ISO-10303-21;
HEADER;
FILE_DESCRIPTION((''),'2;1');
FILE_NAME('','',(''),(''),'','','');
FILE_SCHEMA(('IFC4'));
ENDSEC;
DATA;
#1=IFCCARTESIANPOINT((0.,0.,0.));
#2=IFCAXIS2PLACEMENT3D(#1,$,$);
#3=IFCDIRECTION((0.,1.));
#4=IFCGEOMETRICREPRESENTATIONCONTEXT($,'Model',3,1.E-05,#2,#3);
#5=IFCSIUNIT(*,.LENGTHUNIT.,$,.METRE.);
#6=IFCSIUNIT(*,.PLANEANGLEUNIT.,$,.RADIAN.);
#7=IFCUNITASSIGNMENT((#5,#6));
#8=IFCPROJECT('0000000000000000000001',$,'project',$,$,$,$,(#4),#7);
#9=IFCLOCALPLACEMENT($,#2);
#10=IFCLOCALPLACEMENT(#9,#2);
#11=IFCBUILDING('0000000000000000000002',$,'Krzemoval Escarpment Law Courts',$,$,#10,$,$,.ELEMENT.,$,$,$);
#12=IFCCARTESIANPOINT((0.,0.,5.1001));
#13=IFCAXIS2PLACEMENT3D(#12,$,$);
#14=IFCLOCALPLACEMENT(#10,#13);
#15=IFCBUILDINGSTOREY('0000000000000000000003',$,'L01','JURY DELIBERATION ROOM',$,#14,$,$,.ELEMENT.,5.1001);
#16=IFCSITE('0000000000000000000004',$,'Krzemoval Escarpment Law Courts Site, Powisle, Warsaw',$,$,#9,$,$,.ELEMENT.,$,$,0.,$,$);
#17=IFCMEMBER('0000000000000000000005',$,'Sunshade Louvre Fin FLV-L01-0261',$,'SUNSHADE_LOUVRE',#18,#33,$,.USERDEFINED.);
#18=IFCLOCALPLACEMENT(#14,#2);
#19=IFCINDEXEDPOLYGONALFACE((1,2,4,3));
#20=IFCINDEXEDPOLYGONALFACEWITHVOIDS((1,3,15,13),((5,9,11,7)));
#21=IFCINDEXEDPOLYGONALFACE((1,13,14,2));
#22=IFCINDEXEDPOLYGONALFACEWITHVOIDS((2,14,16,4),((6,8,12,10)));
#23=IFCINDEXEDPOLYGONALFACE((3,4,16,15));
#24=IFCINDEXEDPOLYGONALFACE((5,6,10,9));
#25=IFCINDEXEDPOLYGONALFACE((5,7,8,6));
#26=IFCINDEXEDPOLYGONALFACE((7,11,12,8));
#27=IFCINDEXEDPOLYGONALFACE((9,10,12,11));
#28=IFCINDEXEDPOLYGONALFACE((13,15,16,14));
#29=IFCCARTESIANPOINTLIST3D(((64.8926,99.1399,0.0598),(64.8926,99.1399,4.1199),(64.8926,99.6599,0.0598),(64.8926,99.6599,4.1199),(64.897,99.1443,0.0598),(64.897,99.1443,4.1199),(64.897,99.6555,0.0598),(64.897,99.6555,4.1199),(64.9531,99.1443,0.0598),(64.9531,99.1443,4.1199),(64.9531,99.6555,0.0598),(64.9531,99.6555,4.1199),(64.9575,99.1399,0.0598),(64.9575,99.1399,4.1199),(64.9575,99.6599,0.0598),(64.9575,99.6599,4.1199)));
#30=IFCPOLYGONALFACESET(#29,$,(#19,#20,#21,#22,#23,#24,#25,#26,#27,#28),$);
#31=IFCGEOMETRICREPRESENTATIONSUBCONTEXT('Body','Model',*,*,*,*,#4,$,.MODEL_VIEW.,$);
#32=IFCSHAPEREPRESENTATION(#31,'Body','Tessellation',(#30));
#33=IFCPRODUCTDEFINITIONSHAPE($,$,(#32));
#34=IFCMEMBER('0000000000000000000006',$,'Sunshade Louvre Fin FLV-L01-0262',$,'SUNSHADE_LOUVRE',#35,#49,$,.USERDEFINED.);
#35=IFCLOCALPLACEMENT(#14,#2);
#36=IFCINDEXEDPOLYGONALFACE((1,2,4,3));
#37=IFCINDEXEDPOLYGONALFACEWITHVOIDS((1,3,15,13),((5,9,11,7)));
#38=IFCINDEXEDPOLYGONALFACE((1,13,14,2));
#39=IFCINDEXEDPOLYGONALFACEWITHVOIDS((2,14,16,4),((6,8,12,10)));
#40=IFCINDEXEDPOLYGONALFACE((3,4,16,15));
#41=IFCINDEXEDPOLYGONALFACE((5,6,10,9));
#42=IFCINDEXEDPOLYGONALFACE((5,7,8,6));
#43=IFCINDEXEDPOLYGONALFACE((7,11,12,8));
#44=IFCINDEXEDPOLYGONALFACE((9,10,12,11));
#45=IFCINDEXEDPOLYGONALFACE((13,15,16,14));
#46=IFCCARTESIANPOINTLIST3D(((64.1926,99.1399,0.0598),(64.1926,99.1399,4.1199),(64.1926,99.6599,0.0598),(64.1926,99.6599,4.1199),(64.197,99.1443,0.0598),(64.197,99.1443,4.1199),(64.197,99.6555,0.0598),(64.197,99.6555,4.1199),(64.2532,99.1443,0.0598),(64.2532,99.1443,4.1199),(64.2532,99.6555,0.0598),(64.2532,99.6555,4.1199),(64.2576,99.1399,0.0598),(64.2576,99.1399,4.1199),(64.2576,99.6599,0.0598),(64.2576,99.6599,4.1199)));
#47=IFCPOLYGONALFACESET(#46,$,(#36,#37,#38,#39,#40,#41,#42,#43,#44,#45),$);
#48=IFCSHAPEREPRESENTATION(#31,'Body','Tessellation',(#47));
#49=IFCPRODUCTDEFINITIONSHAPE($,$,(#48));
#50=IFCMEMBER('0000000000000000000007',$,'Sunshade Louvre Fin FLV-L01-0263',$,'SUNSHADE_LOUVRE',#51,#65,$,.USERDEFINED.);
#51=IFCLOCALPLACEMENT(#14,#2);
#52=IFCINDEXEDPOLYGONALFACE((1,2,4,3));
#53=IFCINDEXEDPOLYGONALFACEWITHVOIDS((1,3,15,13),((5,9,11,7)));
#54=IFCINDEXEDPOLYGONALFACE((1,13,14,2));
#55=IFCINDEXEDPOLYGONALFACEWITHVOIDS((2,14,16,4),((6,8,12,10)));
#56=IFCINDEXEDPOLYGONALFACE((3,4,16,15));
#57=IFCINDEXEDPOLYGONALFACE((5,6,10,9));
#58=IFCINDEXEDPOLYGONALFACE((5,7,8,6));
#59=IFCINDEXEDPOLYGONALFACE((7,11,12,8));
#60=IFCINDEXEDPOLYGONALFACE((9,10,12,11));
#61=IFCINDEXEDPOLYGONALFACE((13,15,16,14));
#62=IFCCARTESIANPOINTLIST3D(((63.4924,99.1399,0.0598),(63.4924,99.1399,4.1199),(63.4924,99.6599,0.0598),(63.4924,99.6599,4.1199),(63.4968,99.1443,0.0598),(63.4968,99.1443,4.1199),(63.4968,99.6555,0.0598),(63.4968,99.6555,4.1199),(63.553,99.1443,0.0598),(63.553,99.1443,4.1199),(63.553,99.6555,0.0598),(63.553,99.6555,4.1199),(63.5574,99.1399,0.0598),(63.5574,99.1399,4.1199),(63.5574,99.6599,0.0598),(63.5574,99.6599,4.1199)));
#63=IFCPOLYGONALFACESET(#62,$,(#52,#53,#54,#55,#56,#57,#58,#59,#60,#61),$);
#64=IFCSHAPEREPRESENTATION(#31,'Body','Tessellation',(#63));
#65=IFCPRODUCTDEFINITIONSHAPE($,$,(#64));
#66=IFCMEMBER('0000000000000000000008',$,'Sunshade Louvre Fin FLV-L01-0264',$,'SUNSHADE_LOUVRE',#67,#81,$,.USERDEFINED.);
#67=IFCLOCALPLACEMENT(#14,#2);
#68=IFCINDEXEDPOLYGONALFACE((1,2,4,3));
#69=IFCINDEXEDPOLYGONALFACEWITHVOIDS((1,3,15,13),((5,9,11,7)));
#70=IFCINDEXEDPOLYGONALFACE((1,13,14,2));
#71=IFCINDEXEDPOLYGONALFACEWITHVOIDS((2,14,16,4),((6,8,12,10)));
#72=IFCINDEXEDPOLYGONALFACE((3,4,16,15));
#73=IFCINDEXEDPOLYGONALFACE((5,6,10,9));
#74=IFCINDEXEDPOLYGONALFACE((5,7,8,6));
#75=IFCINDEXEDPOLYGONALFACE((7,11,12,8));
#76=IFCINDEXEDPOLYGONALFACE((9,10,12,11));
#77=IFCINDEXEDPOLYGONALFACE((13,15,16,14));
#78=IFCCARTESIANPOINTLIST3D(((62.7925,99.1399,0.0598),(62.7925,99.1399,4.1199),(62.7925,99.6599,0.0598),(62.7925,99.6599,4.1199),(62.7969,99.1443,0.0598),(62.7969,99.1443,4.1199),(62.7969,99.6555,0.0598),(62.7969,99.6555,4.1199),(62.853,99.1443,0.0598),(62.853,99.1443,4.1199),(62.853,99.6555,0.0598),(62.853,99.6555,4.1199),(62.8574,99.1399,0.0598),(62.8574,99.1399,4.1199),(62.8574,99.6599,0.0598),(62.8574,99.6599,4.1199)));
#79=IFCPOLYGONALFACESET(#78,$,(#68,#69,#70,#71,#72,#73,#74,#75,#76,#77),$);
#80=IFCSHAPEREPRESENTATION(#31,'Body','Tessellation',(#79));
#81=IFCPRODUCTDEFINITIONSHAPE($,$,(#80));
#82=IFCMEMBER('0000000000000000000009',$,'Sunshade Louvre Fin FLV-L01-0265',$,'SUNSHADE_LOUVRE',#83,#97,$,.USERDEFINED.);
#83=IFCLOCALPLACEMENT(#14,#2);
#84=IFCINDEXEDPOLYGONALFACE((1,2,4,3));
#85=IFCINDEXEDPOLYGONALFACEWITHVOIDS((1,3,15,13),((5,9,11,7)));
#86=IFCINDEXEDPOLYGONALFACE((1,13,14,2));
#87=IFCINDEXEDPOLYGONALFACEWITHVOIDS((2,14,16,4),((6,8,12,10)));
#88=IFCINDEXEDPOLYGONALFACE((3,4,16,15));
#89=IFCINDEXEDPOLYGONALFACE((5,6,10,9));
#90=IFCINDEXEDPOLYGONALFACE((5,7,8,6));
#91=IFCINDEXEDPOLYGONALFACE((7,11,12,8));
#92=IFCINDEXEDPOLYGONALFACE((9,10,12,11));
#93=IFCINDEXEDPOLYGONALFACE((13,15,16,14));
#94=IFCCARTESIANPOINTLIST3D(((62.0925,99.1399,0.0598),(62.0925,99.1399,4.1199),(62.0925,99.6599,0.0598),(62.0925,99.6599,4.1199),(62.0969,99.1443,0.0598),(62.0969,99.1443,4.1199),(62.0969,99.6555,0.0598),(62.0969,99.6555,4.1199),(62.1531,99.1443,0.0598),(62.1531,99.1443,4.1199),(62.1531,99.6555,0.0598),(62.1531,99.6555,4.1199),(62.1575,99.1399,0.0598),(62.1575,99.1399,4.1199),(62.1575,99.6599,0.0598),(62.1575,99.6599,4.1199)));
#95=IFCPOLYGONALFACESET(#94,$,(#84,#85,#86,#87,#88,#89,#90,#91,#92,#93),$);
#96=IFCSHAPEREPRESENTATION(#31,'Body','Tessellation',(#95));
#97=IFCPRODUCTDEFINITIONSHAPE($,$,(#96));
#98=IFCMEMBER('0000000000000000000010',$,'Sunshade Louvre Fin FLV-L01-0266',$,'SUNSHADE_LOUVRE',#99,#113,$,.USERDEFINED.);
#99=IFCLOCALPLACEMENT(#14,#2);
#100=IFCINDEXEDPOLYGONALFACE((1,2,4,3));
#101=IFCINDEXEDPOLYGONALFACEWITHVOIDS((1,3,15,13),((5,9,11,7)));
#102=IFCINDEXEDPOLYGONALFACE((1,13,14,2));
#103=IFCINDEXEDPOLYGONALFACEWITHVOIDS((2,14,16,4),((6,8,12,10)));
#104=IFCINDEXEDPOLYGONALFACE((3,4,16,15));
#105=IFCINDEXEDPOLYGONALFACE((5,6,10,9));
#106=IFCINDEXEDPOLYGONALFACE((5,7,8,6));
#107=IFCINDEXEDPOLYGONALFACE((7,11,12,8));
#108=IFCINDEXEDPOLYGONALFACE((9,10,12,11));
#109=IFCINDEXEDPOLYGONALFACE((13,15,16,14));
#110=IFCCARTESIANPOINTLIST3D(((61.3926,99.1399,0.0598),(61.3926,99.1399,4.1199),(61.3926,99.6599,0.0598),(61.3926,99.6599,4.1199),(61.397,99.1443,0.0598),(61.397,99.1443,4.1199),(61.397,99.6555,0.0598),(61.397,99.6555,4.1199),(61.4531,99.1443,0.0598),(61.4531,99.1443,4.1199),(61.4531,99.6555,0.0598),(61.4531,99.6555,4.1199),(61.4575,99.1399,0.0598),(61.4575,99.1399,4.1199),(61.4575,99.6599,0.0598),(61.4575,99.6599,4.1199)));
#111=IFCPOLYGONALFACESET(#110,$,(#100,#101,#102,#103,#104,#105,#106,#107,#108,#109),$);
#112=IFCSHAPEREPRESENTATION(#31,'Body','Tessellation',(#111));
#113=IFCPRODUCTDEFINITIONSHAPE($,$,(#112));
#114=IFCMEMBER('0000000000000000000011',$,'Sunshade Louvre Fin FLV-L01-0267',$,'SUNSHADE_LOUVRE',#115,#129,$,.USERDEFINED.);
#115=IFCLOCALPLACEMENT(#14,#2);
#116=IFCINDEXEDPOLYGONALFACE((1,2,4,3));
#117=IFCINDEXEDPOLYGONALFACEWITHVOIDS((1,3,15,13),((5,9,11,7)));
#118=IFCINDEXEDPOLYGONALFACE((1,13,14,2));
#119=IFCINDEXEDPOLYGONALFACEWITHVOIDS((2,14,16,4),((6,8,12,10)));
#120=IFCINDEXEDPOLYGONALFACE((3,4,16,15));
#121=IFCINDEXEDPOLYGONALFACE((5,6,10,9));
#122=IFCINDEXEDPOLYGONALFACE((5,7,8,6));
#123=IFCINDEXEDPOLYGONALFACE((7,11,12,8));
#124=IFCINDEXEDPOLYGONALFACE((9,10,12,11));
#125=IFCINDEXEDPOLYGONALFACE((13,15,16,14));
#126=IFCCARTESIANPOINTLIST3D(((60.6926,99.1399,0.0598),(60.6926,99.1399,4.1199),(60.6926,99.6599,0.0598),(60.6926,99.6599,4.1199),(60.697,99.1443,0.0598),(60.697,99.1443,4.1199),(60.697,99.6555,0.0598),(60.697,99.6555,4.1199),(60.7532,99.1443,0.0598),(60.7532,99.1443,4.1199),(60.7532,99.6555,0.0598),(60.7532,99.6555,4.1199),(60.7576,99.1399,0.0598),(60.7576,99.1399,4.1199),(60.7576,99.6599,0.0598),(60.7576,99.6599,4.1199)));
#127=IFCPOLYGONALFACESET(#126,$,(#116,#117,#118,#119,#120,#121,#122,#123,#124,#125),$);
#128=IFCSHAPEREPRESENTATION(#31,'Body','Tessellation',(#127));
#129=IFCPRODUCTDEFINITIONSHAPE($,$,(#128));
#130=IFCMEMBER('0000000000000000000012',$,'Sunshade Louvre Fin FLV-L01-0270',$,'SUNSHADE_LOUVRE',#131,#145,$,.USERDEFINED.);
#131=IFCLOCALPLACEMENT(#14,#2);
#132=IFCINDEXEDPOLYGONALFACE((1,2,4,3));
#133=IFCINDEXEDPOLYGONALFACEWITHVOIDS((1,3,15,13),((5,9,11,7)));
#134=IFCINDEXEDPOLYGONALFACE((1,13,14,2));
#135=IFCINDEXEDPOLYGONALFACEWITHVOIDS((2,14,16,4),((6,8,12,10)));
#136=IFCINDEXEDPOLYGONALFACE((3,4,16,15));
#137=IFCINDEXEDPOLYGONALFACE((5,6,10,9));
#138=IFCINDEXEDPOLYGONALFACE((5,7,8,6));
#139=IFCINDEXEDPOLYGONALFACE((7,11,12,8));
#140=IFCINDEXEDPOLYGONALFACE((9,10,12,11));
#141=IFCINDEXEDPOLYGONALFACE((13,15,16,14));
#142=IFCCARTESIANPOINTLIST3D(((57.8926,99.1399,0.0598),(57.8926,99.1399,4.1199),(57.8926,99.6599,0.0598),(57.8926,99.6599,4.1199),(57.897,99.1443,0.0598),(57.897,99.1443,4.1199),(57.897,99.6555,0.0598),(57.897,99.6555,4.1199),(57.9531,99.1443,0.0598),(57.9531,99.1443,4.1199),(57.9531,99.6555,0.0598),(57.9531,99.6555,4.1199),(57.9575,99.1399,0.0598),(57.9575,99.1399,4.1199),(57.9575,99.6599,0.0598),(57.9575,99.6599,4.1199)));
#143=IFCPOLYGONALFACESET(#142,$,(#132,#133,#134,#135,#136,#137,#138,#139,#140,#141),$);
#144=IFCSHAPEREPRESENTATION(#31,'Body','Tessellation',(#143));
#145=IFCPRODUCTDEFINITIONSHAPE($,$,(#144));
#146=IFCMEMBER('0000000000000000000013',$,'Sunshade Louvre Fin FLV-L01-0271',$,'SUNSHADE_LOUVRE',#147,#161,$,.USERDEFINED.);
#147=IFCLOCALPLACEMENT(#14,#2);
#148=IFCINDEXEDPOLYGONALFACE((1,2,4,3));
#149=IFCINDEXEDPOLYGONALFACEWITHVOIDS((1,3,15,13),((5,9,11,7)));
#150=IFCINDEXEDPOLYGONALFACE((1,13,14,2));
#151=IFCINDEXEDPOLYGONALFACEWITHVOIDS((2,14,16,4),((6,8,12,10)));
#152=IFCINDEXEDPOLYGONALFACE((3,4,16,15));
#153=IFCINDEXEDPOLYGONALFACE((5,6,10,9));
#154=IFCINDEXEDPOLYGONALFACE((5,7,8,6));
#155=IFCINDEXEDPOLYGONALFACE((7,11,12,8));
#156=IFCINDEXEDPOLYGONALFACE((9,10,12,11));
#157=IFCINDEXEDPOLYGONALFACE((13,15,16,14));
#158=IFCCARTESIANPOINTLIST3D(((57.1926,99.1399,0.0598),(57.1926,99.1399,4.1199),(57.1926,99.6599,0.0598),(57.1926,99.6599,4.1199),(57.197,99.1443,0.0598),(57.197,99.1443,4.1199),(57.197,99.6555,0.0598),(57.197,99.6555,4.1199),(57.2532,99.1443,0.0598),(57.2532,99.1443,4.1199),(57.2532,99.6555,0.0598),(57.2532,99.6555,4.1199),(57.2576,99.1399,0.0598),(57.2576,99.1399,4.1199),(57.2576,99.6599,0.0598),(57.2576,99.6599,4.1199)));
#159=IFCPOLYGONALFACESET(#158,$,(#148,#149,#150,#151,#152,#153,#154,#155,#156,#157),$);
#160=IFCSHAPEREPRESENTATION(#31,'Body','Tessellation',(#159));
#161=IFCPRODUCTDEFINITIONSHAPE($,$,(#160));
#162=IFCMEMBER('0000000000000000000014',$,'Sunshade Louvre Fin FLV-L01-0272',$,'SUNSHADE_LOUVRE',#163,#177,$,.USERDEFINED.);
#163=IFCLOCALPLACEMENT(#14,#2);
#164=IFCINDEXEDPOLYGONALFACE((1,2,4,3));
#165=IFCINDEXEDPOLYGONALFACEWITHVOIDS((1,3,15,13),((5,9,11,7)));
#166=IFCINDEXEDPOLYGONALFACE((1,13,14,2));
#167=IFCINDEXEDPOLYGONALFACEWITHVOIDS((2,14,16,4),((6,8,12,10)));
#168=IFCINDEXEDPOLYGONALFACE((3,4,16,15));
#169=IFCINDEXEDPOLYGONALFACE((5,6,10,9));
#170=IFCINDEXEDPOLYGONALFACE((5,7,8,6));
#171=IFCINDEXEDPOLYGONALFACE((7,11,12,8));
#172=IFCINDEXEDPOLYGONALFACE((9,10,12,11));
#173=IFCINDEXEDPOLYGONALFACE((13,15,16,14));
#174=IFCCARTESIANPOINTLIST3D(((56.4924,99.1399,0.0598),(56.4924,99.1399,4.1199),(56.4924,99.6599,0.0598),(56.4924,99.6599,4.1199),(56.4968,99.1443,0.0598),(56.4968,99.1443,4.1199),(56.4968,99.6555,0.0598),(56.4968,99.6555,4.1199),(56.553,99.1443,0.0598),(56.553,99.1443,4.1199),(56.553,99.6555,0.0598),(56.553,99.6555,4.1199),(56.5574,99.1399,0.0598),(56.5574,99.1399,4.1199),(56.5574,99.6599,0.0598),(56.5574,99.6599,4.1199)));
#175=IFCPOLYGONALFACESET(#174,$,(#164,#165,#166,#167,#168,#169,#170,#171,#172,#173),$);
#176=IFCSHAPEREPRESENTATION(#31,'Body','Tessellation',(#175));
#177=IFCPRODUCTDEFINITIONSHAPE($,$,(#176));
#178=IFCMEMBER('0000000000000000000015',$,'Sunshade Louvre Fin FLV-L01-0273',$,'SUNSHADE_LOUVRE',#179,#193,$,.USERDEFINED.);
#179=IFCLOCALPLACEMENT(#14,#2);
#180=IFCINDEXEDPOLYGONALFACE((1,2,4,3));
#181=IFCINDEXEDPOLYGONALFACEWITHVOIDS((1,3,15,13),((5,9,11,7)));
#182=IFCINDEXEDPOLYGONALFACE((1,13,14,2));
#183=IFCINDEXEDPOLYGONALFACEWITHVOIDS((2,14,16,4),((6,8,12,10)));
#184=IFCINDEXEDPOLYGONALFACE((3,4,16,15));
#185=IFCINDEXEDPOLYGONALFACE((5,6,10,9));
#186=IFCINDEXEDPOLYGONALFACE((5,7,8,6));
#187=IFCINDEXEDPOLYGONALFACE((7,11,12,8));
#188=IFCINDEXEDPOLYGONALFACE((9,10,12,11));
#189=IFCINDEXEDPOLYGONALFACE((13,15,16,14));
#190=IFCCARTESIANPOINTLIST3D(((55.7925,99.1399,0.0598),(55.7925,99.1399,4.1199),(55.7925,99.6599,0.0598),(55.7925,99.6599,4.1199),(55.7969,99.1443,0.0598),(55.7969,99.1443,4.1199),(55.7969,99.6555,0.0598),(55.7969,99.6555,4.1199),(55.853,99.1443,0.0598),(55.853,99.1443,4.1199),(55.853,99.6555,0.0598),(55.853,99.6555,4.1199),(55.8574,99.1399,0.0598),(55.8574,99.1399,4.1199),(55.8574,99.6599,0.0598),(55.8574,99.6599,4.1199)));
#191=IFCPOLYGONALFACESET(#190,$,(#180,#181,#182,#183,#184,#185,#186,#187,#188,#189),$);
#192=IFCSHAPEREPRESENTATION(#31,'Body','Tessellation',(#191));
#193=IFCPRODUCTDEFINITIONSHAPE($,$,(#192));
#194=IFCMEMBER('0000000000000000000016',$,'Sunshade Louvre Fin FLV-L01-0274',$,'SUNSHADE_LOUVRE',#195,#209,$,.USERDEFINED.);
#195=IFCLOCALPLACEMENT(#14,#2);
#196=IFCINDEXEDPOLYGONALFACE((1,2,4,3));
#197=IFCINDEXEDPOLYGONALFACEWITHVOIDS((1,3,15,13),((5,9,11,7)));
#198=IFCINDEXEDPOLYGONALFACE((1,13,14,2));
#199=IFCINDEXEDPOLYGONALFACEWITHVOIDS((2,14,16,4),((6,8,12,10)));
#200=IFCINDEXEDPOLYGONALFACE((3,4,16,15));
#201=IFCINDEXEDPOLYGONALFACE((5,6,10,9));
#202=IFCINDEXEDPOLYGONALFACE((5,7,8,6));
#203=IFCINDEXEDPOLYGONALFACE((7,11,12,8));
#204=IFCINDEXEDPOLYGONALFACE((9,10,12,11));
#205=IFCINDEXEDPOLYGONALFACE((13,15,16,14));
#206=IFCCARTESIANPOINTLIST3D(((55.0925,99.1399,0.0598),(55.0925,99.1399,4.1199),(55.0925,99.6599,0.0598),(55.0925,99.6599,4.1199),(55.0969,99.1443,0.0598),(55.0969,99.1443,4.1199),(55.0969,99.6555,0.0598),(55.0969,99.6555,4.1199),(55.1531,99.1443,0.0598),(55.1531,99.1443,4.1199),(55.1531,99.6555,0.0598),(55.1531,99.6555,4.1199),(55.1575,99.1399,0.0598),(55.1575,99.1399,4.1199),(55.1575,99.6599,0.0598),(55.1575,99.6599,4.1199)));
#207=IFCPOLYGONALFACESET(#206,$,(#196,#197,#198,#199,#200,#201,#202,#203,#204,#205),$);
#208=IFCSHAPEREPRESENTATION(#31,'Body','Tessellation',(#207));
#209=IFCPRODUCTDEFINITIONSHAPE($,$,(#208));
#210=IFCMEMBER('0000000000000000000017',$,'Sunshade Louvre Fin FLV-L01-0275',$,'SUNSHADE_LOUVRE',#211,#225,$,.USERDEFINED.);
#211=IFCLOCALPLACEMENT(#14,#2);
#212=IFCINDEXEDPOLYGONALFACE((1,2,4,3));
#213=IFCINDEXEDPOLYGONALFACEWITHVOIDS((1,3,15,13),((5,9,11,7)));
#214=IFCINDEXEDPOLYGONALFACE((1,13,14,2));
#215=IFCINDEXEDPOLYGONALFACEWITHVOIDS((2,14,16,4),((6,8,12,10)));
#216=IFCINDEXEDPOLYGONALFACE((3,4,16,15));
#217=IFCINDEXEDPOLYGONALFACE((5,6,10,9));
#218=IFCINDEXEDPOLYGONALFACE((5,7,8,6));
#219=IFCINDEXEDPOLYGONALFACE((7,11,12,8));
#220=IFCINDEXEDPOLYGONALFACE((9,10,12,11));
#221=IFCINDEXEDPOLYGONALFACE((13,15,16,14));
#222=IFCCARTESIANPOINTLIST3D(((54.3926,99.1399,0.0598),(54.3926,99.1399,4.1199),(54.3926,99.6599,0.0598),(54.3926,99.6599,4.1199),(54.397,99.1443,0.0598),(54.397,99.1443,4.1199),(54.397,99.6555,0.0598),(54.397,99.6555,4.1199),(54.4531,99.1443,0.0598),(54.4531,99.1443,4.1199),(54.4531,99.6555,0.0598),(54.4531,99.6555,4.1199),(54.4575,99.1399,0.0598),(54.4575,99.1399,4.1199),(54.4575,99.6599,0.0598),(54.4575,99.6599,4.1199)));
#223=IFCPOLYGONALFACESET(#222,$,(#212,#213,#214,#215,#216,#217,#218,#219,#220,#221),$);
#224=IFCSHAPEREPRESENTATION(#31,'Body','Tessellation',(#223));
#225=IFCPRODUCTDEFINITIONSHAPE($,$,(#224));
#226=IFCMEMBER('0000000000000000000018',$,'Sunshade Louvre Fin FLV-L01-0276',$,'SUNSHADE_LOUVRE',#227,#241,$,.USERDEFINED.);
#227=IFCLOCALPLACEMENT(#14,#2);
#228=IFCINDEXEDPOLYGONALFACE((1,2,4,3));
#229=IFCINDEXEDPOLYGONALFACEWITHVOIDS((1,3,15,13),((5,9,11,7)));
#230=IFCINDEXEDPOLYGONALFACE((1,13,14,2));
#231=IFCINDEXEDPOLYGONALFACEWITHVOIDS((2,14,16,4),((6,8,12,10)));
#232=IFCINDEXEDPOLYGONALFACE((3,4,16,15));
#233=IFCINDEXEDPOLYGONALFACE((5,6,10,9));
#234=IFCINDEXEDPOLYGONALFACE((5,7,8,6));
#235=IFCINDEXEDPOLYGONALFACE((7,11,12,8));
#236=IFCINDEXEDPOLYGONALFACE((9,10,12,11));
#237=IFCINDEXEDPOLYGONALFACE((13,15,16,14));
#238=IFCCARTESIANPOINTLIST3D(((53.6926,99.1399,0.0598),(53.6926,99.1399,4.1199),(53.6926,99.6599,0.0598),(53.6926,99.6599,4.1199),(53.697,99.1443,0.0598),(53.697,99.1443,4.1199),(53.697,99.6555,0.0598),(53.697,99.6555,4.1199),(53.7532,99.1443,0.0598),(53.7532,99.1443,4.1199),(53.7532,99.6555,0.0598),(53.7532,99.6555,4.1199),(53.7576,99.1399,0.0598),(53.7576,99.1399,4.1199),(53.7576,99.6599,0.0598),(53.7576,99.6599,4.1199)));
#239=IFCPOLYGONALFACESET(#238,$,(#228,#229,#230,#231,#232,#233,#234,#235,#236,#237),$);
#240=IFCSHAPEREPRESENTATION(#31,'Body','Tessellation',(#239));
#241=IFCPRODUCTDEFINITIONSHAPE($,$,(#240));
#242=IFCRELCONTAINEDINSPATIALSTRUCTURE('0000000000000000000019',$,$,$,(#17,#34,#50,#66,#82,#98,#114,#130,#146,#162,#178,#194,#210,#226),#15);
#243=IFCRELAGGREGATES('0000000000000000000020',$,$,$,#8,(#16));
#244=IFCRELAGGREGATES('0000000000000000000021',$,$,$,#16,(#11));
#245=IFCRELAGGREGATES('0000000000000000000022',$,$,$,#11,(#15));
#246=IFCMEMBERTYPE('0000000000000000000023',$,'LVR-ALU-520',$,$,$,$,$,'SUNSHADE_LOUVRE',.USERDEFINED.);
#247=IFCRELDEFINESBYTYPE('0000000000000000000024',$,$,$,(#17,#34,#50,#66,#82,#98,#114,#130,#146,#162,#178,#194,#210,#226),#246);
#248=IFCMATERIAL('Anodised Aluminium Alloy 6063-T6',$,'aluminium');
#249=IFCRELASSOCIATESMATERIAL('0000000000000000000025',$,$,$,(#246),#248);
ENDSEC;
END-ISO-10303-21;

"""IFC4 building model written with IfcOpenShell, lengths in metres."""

from ifc_helpers import new_model, si_unit, direction, frame, origin, origin_2d, place, context, subcontext, project, spatial, hollow_rectangle, extrude, material, material_profile, profile_set, type_object, element, save


model = new_model("IFC4")

# Units and contexts
model_context = context("Model", 3, precision=1e-05, world=origin(), true_north=direction((0.0, 1.0)))
body_context = subcontext(model_context, "Body", "Model", "MODEL_VIEW")
ifc_project = project(units=[si_unit("LENGTHUNIT", "METRE"), si_unit("PLANEANGLEUNIT", "RADIAN")], contexts=[model_context])

# Site, building, storey
site_placement = place(None, origin())
site = spatial("IfcSite", under=ifc_project, at=site_placement, Name="Krzemoval Escarpment Law Courts Site, Powisle, Warsaw", CompositionType="ELEMENT", RefElevation=0.0)
building_placement = place(site_placement, origin())
building = spatial("IfcBuilding", under=site, at=building_placement, Name="Krzemoval Escarpment Law Courts", CompositionType="ELEMENT")
storey_placement = place(building_placement, frame((0.0, 0.0, 5.1001)))
storey = spatial("IfcBuildingStorey", under=building, at=storey_placement, Name="L01", Description="JURY DELIBERATION ROOM", CompositionType="ELEMENT", Elevation=5.1001)

# Members
ifc_material = material(Name="Anodised Aluminium Alloy 6063-T6", Category="aluminium")
ifc_material_profile = material_profile(ifc_material, hollow_rectangle(XDim=0.0649, YDim=0.52, WallThickness=0.0044, at=origin_2d()), Name="ALU LVR 65x520")
ifc_profile_set = profile_set([ifc_material_profile], Name="Anodised Aluminium Alloy 6063-T6")
member_type = type_object("IfcMemberType", Name="LVR-ALU-520", ElementType="SUNSHADE_LOUVRE", PredefinedType="USERDEFINED", material=ifc_profile_set)
for number, where, z_axis, x_axis, name in (
    (1, (64.925, 99.3999, 0.0598), (0.0, 0.0, 1.0), (1.0, 0.0, 0.0), "Sunshade Louvre Fin FLV-L01-0261"),
    (2, (64.2251, 99.3999, 0.0598), (0.0, 0.0, 1.0), (1.0, 0.0, 0.0), "Sunshade Louvre Fin FLV-L01-0262"),
    (3, (63.5249, 99.3999, 0.0598), (0.0, 0.0, 1.0), (1.0, 0.0, 0.0), "Sunshade Louvre Fin FLV-L01-0263"),
    (4, (62.825, 99.3999, 0.0598), (0.0, 0.0, 1.0), (1.0, 0.0, 0.0), "Sunshade Louvre Fin FLV-L01-0264"),
    (5, (62.125, 99.3999, 0.0598), (0.0, 0.0, 1.0), (1.0, 0.0, 0.0), "Sunshade Louvre Fin FLV-L01-0265"),
    (6, (61.425, 99.3999, 0.0598), (0.0, 0.0, 1.0), (1.0, 0.0, 0.0), "Sunshade Louvre Fin FLV-L01-0266"),
    (7, (60.7251, 99.3999, 0.0598), (0.0, 0.0, 1.0), (1.0, 0.0, 0.0), "Sunshade Louvre Fin FLV-L01-0267"),
    (8, (57.925, 99.3999, 0.0598), (0.0, 0.0, 1.0), (1.0, 0.0, 0.0), "Sunshade Louvre Fin FLV-L01-0270"),
    (9, (57.2251, 99.3999, 0.0598), (0.0, 0.0, 1.0), (1.0, 0.0, 0.0), "Sunshade Louvre Fin FLV-L01-0271"),
    (10, (56.5249, 99.3999, 0.0598), (0.0, 0.0, 1.0), (1.0, 0.0, 0.0), "Sunshade Louvre Fin FLV-L01-0272"),
    (11, (55.825, 99.3999, 0.0598), (0.0, 0.0, 1.0), (1.0, 0.0, 0.0), "Sunshade Louvre Fin FLV-L01-0273"),
    (12, (55.125, 99.3999, 0.0598), (0.0, 0.0, 1.0), (1.0, 0.0, 0.0), "Sunshade Louvre Fin FLV-L01-0274"),
    (13, (54.425, 99.3999, 0.0598), (0.0, 0.0, 1.0), (1.0, 0.0, 0.0), "Sunshade Louvre Fin FLV-L01-0275"),
    (14, (53.7251, 99.3999, 0.0598), (0.0, 0.0, 1.0), (1.0, 0.0, 0.0), "Sunshade Louvre Fin FLV-L01-0276"),
):
    element("IfcMember", number, at=place(storey_placement, frame(where, z_axis=z_axis, x_axis=x_axis)), inside=storey, type_object=member_type, Name=name, ObjectType="SUNSHADE_LOUVRE", PredefinedType="USERDEFINED", context=body_context, shape_type="SweptSolid", body=[
        extrude(hollow_rectangle(XDim=0.0649, YDim=0.52, WallThickness=0.0044, at=origin_2d()), origin(), (0.0, 0.0, 1.0), 4.0601),
    ])

save(model, "model.ifc")
